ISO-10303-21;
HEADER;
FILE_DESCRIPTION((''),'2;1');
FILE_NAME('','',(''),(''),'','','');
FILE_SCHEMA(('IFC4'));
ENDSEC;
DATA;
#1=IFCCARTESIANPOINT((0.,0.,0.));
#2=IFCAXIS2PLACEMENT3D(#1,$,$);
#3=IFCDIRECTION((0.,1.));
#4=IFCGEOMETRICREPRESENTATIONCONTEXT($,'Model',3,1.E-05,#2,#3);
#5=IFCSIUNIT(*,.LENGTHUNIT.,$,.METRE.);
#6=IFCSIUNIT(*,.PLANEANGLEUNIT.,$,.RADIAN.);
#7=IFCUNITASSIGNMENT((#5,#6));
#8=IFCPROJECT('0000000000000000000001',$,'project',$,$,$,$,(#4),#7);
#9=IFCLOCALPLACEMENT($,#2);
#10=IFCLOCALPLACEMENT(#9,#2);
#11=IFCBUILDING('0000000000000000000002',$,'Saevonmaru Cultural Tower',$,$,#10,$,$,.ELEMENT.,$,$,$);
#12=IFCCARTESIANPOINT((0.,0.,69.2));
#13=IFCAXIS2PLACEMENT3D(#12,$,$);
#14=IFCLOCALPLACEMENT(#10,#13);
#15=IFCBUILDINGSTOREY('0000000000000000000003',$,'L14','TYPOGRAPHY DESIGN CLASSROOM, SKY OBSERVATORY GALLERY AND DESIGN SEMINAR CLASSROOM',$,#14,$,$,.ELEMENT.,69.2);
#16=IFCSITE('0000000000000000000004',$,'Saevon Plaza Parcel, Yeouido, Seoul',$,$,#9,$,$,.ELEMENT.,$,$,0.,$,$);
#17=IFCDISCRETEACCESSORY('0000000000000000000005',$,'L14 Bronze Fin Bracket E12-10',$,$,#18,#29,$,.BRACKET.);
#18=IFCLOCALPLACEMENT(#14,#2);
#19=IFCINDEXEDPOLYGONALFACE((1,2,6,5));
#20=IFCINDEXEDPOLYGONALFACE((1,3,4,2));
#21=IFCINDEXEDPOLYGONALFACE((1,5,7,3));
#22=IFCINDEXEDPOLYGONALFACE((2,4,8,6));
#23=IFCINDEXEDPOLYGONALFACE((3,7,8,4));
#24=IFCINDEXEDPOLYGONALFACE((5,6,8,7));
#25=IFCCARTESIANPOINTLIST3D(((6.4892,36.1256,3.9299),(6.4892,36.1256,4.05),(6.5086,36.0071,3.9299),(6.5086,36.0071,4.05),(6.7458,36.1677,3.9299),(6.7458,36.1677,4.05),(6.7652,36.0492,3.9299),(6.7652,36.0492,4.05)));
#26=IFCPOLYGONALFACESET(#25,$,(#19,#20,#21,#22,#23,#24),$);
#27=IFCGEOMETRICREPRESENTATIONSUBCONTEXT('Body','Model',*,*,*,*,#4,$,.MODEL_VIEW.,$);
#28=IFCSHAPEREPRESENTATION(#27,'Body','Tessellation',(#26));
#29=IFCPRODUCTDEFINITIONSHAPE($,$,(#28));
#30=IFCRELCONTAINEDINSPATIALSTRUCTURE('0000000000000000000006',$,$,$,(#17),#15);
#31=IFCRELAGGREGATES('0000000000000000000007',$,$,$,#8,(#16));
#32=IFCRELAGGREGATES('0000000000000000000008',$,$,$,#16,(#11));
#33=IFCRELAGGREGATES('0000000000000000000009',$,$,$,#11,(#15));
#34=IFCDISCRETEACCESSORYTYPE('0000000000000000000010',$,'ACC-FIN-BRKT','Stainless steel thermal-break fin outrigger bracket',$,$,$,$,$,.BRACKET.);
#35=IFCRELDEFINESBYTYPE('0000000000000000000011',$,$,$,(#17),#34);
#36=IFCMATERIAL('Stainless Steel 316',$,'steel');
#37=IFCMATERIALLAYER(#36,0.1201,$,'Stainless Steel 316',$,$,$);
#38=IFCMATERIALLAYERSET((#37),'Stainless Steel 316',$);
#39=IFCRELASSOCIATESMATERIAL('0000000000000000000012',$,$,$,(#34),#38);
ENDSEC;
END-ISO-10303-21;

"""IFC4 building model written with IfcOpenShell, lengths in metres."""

from ifc_helpers import new_model, si_unit, direction, frame, origin, origin_2d, place, context, subcontext, project, spatial, rectangle, extrude, material, layer, layer_set, type_object, element, save


model = new_model("IFC4")

# Units and contexts
model_context = context("Model", 3, precision=1e-05, world=origin(), true_north=direction((0.0, 1.0)))
body_context = subcontext(model_context, "Body", "Model", "MODEL_VIEW")
ifc_project = project(units=[si_unit("LENGTHUNIT", "METRE"), si_unit("PLANEANGLEUNIT", "RADIAN")], contexts=[model_context])

# Site, building, storey
site_placement = place(None, origin())
site = spatial("IfcSite", under=ifc_project, at=site_placement, Name="Saevon Plaza Parcel, Yeouido, Seoul", CompositionType="ELEMENT", RefElevation=0.0)
building_placement = place(site_placement, origin())
building = spatial("IfcBuilding", under=site, at=building_placement, Name="Saevonmaru Cultural Tower", CompositionType="ELEMENT")
storey_placement = place(building_placement, frame((0.0, 0.0, 69.2)))
storey = spatial("IfcBuildingStorey", under=building, at=storey_placement, Name="L14", Description="TYPOGRAPHY DESIGN CLASSROOM, SKY OBSERVATORY GALLERY AND DESIGN SEMINAR CLASSROOM", CompositionType="ELEMENT", Elevation=69.2)

# Discrete accessory
ifc_material_1 = material(Name="Stainless Steel 316", Category="steel")
ifc_layer_1 = layer(ifc_material_1, 0.1201, Name="Stainless Steel 316")
ifc_layer_set_1 = layer_set([ifc_layer_1], Name="Stainless Steel 316")
discrete_accessory_type = type_object("IfcDiscreteAccessoryType", Name="ACC-FIN-BRKT", Description="Stainless steel thermal-break fin outrigger bracket", PredefinedType="BRACKET", material=ifc_layer_set_1)
for number, where, z_axis, x_axis, name in (
    (1, (6.6272, 36.0874, 3.9299), (0.0, 0.0, 1.0), (-0.986827, -0.161776, 0.0), "L14 Bronze Fin Bracket E12-10"),
):
    element("IfcDiscreteAccessory", number, at=place(storey_placement, frame(where, z_axis=z_axis, x_axis=x_axis)), inside=storey, type_object=discrete_accessory_type, Name=name, PredefinedType="BRACKET", context=body_context, shape_type="SweptSolid", body=[
        extrude(rectangle(XDim=0.26, YDim=0.1201, at=origin_2d()), origin(), (0.0, 0.0, 1.0), 0.1201),
    ])

save(model, "model.ifc")
